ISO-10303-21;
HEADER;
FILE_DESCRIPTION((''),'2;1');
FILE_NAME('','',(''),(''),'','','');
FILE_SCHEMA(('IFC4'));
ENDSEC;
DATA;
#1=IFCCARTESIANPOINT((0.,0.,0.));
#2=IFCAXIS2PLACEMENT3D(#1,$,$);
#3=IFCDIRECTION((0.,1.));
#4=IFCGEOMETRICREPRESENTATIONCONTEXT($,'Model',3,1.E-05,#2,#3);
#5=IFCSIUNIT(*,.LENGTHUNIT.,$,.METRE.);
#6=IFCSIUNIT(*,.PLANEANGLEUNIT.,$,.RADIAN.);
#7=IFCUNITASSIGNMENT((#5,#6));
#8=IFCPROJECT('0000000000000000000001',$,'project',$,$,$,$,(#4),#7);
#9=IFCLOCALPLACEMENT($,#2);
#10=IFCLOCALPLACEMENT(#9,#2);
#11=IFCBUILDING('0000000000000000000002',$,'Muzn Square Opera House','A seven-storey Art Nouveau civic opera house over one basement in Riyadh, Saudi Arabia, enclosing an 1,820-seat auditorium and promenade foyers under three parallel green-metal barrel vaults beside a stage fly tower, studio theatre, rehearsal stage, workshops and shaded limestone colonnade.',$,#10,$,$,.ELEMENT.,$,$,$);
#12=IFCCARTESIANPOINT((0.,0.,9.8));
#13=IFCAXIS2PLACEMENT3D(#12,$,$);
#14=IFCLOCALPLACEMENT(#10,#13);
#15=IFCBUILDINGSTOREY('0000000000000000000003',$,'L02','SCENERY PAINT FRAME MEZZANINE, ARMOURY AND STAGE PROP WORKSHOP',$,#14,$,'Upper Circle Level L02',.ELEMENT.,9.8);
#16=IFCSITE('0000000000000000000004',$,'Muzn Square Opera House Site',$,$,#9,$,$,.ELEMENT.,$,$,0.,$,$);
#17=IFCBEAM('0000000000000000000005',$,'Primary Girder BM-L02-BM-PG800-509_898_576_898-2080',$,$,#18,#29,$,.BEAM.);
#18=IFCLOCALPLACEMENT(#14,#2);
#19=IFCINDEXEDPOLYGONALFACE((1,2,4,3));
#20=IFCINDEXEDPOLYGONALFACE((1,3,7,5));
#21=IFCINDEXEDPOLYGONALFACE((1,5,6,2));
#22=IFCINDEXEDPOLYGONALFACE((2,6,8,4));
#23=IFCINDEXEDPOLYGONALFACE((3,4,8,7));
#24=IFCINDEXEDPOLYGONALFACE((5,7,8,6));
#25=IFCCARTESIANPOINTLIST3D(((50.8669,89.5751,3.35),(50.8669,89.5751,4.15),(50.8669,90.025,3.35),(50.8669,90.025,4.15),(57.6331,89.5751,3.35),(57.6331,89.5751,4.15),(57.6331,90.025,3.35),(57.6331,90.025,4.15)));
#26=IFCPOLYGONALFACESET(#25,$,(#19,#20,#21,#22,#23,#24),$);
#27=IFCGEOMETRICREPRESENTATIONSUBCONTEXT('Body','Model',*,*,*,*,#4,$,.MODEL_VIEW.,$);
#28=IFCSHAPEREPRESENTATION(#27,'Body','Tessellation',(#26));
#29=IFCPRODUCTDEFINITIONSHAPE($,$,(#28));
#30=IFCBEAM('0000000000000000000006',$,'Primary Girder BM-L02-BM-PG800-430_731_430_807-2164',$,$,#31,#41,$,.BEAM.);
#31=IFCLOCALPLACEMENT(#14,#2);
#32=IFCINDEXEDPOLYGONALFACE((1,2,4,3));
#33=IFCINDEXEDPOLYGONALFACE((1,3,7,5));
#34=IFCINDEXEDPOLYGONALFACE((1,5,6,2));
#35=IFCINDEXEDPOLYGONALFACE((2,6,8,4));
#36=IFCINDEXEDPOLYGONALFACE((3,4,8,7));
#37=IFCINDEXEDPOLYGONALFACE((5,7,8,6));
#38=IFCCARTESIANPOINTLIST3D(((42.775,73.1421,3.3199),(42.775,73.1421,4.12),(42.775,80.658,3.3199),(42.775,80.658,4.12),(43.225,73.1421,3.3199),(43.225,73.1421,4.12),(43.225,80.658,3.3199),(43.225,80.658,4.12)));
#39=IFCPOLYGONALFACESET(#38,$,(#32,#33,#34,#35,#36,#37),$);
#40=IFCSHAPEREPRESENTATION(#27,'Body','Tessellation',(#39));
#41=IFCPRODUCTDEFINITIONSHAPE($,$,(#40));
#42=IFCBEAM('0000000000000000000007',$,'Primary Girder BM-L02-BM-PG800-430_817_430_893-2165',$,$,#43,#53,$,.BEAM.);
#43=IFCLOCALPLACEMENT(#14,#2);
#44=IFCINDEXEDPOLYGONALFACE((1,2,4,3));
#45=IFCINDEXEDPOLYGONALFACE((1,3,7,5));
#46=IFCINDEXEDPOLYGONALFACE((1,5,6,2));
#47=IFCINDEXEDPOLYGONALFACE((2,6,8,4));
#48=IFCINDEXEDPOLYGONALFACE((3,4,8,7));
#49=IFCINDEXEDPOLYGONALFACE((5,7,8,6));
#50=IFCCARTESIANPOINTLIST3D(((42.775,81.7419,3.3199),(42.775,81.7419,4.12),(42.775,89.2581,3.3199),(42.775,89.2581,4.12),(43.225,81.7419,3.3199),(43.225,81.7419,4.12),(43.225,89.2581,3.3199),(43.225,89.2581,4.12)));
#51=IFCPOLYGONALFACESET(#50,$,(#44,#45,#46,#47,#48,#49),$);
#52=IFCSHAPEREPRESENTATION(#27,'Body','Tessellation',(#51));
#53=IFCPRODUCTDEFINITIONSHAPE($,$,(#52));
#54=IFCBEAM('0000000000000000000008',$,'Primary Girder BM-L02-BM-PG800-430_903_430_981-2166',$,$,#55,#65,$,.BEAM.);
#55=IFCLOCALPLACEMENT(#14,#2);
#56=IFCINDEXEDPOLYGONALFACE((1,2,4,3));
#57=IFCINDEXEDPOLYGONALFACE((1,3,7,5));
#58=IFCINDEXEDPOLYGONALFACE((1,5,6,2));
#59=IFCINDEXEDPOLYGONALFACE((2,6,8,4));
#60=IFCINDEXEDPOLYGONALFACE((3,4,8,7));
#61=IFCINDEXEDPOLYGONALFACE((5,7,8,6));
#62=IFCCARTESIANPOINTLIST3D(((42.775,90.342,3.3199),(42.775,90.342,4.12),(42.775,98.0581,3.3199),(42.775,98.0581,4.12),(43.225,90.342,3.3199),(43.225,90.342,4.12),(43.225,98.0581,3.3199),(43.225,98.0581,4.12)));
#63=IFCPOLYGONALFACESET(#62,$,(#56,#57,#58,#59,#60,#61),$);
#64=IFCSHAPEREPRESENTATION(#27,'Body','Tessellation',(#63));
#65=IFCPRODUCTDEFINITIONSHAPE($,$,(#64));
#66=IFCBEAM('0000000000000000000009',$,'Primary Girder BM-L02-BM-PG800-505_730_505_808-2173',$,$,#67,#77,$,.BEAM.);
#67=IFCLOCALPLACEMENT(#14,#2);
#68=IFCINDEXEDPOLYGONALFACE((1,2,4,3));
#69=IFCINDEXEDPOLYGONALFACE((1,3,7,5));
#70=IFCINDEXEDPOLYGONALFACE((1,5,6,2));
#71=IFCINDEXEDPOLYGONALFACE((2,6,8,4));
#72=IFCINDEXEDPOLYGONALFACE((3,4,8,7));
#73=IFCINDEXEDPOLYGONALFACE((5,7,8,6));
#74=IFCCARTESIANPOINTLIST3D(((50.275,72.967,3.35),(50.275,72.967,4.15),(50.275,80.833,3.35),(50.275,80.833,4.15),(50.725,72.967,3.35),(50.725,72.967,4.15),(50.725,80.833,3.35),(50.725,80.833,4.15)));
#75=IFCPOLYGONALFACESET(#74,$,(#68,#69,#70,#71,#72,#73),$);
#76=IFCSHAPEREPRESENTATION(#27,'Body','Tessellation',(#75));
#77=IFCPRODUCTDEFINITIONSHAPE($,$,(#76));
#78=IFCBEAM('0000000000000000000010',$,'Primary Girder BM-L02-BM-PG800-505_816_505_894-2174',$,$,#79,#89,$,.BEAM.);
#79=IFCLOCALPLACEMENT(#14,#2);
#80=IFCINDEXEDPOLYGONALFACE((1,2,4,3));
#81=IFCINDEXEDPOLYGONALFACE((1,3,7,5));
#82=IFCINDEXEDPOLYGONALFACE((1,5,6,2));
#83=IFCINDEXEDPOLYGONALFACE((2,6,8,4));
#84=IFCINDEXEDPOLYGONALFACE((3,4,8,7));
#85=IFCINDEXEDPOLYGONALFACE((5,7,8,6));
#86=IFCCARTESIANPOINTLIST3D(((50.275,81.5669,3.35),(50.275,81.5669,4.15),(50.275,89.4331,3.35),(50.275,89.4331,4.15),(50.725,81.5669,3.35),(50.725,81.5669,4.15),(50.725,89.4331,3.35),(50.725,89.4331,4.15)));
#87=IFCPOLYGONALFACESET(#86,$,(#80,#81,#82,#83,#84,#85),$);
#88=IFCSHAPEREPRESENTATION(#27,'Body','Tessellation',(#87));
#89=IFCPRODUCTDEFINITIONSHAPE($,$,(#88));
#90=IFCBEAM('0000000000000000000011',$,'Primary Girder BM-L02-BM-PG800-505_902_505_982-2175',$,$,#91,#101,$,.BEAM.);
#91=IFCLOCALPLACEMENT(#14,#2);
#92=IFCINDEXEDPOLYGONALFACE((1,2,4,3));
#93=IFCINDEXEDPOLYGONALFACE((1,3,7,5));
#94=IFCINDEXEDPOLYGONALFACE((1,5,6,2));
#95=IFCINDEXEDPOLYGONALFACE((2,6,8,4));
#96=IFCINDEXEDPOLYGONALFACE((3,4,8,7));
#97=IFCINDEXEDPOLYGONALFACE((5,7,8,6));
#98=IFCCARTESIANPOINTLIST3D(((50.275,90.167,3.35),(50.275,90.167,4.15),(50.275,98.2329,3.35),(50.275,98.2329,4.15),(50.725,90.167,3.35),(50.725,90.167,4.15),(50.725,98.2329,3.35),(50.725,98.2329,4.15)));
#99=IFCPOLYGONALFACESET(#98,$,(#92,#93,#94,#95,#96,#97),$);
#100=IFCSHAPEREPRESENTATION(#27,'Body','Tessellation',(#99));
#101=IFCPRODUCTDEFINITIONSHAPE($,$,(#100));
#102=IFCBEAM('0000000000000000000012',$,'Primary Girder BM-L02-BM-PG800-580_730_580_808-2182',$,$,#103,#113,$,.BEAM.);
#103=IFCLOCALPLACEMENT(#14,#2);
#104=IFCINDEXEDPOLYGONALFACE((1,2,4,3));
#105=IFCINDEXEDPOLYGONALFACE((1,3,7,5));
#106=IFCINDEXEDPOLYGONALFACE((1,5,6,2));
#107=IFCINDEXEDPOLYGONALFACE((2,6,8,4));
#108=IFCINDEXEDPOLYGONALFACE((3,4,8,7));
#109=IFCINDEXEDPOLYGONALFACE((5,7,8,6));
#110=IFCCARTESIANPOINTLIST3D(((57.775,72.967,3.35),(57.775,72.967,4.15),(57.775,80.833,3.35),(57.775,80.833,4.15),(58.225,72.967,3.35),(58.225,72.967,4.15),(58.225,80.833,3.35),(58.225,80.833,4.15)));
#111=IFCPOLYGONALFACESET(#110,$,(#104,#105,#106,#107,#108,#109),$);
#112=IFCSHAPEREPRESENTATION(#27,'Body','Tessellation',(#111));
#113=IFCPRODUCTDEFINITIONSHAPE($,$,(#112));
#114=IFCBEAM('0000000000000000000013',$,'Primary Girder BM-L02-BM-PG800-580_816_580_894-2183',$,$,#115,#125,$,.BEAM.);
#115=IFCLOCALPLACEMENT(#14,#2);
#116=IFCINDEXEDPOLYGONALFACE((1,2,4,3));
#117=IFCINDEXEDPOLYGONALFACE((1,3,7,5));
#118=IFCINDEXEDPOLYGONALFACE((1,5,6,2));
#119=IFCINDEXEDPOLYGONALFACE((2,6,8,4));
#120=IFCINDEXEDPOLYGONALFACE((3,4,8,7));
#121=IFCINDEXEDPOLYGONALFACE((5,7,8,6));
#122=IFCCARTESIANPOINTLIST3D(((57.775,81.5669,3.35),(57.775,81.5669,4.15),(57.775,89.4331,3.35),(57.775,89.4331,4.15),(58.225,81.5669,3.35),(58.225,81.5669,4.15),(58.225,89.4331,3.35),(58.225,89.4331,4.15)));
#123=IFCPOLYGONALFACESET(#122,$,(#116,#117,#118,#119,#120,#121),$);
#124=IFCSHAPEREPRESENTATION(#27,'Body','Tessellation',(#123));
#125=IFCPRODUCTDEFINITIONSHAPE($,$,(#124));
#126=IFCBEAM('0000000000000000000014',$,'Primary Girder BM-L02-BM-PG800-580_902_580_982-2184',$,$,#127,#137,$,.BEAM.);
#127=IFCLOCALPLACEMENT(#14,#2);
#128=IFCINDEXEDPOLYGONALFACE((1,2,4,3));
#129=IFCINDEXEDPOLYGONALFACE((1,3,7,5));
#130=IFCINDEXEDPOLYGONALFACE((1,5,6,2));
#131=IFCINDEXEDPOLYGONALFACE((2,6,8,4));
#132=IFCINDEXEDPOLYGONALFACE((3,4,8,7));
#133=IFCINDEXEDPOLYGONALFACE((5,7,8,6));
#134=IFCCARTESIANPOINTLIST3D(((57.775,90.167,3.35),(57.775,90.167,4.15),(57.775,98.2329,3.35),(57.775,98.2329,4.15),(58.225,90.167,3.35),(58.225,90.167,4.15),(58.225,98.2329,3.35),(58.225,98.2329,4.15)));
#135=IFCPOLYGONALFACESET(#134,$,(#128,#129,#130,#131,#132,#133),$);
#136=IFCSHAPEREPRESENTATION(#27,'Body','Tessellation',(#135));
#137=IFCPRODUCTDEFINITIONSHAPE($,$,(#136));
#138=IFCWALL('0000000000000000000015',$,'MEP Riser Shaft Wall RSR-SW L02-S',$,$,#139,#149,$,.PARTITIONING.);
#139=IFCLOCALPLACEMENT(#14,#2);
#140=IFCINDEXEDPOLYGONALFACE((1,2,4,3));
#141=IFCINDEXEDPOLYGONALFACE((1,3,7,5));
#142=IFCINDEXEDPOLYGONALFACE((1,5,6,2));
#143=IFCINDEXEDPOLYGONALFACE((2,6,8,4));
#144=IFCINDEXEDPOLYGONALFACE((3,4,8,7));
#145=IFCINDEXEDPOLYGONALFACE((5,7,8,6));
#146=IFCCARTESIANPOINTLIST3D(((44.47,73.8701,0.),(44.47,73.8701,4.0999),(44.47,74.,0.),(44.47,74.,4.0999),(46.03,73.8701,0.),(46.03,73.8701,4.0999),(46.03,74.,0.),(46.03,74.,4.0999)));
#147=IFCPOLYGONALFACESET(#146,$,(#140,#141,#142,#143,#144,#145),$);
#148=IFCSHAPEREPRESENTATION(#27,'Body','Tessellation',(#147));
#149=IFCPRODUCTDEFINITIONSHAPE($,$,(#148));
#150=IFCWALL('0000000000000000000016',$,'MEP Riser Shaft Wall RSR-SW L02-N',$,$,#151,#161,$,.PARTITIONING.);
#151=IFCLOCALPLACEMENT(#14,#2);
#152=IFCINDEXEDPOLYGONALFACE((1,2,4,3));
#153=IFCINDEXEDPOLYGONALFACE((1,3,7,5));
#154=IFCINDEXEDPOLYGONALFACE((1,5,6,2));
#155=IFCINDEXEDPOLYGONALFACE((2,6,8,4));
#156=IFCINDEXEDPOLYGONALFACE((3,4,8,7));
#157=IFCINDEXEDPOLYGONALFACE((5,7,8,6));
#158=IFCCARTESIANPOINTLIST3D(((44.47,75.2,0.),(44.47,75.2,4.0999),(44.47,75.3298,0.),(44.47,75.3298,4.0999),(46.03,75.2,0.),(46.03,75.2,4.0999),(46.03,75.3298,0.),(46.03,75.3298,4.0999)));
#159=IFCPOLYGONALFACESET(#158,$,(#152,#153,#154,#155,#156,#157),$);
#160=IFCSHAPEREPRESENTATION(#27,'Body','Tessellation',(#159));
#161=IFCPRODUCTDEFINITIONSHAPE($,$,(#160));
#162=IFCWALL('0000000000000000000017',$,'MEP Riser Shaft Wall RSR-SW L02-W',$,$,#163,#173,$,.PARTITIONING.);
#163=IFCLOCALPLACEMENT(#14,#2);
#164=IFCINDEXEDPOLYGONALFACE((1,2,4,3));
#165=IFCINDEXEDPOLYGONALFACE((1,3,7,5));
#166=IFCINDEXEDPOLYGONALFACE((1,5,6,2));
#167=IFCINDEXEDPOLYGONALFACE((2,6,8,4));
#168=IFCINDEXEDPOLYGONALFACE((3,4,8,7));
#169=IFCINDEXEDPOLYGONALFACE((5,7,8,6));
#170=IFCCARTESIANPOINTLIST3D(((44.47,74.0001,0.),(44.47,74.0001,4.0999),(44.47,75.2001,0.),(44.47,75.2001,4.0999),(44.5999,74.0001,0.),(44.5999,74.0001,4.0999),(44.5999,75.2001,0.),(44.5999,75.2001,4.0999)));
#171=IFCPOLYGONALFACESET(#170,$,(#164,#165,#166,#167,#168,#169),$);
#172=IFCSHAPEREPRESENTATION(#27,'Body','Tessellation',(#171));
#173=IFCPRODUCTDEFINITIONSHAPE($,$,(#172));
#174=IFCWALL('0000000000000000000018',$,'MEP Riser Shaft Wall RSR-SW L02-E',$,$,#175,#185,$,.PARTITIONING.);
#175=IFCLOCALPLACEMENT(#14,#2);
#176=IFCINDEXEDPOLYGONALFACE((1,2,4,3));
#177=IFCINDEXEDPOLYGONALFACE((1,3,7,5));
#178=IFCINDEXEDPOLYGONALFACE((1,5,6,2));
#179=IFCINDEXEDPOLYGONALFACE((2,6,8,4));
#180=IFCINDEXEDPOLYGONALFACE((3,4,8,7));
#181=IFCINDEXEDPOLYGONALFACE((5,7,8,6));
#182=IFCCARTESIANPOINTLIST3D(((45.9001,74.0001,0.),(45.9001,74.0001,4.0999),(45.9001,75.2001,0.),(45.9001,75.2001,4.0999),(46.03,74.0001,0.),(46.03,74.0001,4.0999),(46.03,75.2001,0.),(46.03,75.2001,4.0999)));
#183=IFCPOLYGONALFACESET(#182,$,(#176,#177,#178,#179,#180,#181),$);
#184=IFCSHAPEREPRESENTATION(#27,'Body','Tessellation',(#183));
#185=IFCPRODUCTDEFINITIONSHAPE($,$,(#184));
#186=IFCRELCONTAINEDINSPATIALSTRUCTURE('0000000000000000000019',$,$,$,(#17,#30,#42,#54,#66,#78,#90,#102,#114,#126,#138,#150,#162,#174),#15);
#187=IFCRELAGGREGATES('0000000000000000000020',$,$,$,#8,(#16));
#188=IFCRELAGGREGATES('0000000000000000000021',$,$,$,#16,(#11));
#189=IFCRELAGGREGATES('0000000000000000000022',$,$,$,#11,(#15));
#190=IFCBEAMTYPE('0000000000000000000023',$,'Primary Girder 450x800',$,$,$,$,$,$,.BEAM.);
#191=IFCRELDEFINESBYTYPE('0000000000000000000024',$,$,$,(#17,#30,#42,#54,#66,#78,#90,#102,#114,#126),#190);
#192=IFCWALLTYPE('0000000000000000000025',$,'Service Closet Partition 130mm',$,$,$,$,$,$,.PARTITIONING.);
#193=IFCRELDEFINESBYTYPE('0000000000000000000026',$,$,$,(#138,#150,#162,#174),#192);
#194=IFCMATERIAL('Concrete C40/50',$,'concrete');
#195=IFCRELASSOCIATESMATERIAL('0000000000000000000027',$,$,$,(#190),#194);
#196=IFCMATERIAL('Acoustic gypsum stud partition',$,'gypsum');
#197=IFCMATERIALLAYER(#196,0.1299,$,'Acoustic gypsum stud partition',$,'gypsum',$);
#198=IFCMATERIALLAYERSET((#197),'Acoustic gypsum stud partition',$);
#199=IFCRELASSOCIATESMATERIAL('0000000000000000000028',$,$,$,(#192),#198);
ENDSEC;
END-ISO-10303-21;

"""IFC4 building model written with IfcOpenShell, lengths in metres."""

from ifc_helpers import new_model, si_unit, direction, frame, frame_2d, origin, origin_2d, place, context, subcontext, project, spatial, rectangle, extrude, material, layer, layer_set, material_profile, profile_set, type_object, element, save


model = new_model("IFC4")

# Units and contexts
model_context = context("Model", 3, precision=1e-05, world=origin(), true_north=direction((0.0, 1.0)))
body_context = subcontext(model_context, "Body", "Model", "MODEL_VIEW")
ifc_project = project(units=[si_unit("LENGTHUNIT", "METRE"), si_unit("PLANEANGLEUNIT", "RADIAN")], contexts=[model_context])

# Site, building, storey
site_placement = place(None, origin())
site = spatial("IfcSite", under=ifc_project, at=site_placement, Name="Muzn Square Opera House Site", CompositionType="ELEMENT", RefElevation=0.0)
building_placement = place(site_placement, origin())
building = spatial("IfcBuilding", under=site, at=building_placement, Name="Muzn Square Opera House", Description="A seven-storey Art Nouveau civic opera house over one basement in Riyadh, Saudi Arabia, enclosing an 1,820-seat auditorium and promenade foyers under three parallel green-metal barrel vaults beside a stage fly tower, studio theatre, rehearsal stage, workshops and shaded limestone colonnade.", CompositionType="ELEMENT")
storey_placement = place(building_placement, frame((0.0, 0.0, 9.8)))
storey = spatial("IfcBuildingStorey", under=building, at=storey_placement, Name="L02", Description="SCENERY PAINT FRAME MEZZANINE, ARMOURY AND STAGE PROP WORKSHOP", LongName="Upper Circle Level L02", CompositionType="ELEMENT", Elevation=9.8)

# Beams
ifc_material_1 = material(Name="Concrete C40/50", Category="concrete")
ifc_material_profile_1 = material_profile(ifc_material_1, rectangle(XDim=0.45, YDim=0.8, at=origin_2d()), Name="RCB 450x800", Category="concrete")
ifc_profile_set_1 = profile_set([ifc_material_profile_1], Name="Concrete C40/50")
beam_type_1 = type_object("IfcBeamType", Name="Primary Girder 450x800", PredefinedType="BEAM", material=ifc_profile_set_1)
beam_1_placement = place(storey_placement, frame((50.8669, 89.8, 3.75), z_axis=(1.0, 0.0, 0.0), x_axis=(0.0, 1.0, 0.0)))
element("IfcBeam", 1, at=beam_1_placement, inside=storey, type_object=beam_type_1, Name="Primary Girder BM-L02-BM-PG800-509_898_576_898-2080", PredefinedType="BEAM", context=body_context, shape_type="SweptSolid", body=[
    extrude(rectangle(XDim=0.45, YDim=0.8, at=origin_2d()), origin(), (0.0, 0.0, 1.0), 6.7661),
])
beam_2_placement = place(storey_placement, frame((43.0, 73.1421, 3.72), z_axis=(0.0, 1.0, 0.0), x_axis=(-1.0, 0.0, 0.0)))
element("IfcBeam", 2, at=beam_2_placement, inside=storey, type_object=beam_type_1, Name="Primary Girder BM-L02-BM-PG800-430_731_430_807-2164", PredefinedType="BEAM", context=body_context, shape_type="SweptSolid", body=[
    extrude(rectangle(XDim=0.45, YDim=0.8, at=origin_2d()), origin(), (0.0, 0.0, 1.0), 7.5159),
])
beam_3_placement = place(storey_placement, frame((43.0, 81.7419, 3.72), z_axis=(0.0, 1.0, 0.0), x_axis=(-1.0, 0.0, 0.0)))
element("IfcBeam", 3, at=beam_3_placement, inside=storey, type_object=beam_type_1, Name="Primary Girder BM-L02-BM-PG800-430_817_430_893-2165", PredefinedType="BEAM", context=body_context, shape_type="SweptSolid", body=[
    extrude(rectangle(XDim=0.45, YDim=0.8, at=origin_2d()), origin(), (0.0, 0.0, 1.0), 7.5161),
])
beam_4_placement = place(storey_placement, frame((43.0, 90.342, 3.72), z_axis=(0.0, 1.0, 0.0), x_axis=(-1.0, 0.0, 0.0)))
element("IfcBeam", 4, at=beam_4_placement, inside=storey, type_object=beam_type_1, Name="Primary Girder BM-L02-BM-PG800-430_903_430_981-2166", PredefinedType="BEAM", context=body_context, shape_type="SweptSolid", body=[
    extrude(rectangle(XDim=0.45, YDim=0.8, at=origin_2d()), origin(), (0.0, 0.0, 1.0), 7.7161),
])
beam_5_placement = place(storey_placement, frame((50.5, 72.967, 3.75), z_axis=(0.0, 1.0, 0.0), x_axis=(-1.0, 0.0, 0.0)))
element("IfcBeam", 5, at=beam_5_placement, inside=storey, type_object=beam_type_1, Name="Primary Girder BM-L02-BM-PG800-505_730_505_808-2173", PredefinedType="BEAM", context=body_context, shape_type="SweptSolid", body=[
    extrude(rectangle(XDim=0.45, YDim=0.8, at=origin_2d()), origin(), (0.0, 0.0, 1.0), 7.866),
])
beam_6_placement = place(storey_placement, frame((50.5, 81.5669, 3.75), z_axis=(0.0, 1.0, 0.0), x_axis=(-1.0, 0.0, 0.0)))
element("IfcBeam", 6, at=beam_6_placement, inside=storey, type_object=beam_type_1, Name="Primary Girder BM-L02-BM-PG800-505_816_505_894-2174", PredefinedType="BEAM", context=body_context, shape_type="SweptSolid", body=[
    extrude(rectangle(XDim=0.45, YDim=0.8, at=origin_2d()), origin(), (0.0, 0.0, 1.0), 7.8662),
])
beam_7_placement = place(storey_placement, frame((50.5, 90.167, 3.75), z_axis=(0.0, 1.0, 0.0), x_axis=(-1.0, 0.0, 0.0)))
element("IfcBeam", 7, at=beam_7_placement, inside=storey, type_object=beam_type_1, Name="Primary Girder BM-L02-BM-PG800-505_902_505_982-2175", PredefinedType="BEAM", context=body_context, shape_type="SweptSolid", body=[
    extrude(rectangle(XDim=0.45, YDim=0.8, at=origin_2d()), origin(), (0.0, 0.0, 1.0), 8.0659),
])
beam_8_placement = place(storey_placement, frame((58.0, 72.967, 3.75), z_axis=(0.0, 1.0, 0.0), x_axis=(-1.0, 0.0, 0.0)))
element("IfcBeam", 8, at=beam_8_placement, inside=storey, type_object=beam_type_1, Name="Primary Girder BM-L02-BM-PG800-580_730_580_808-2182", PredefinedType="BEAM", context=body_context, shape_type="SweptSolid", body=[
    extrude(rectangle(XDim=0.45, YDim=0.8, at=origin_2d()), origin(), (0.0, 0.0, 1.0), 7.866),
])
beam_9_placement = place(storey_placement, frame((58.0, 81.5669, 3.75), z_axis=(0.0, 1.0, 0.0), x_axis=(-1.0, 0.0, 0.0)))
element("IfcBeam", 9, at=beam_9_placement, inside=storey, type_object=beam_type_1, Name="Primary Girder BM-L02-BM-PG800-580_816_580_894-2183", PredefinedType="BEAM", context=body_context, shape_type="SweptSolid", body=[
    extrude(rectangle(XDim=0.45, YDim=0.8, at=origin_2d()), origin(), (0.0, 0.0, 1.0), 7.8662),
])
beam_10_placement = place(storey_placement, frame((58.0, 90.167, 3.75), z_axis=(0.0, 1.0, 0.0), x_axis=(-1.0, 0.0, 0.0)))
element("IfcBeam", 10, at=beam_10_placement, inside=storey, type_object=beam_type_1, Name="Primary Girder BM-L02-BM-PG800-580_902_580_982-2184", PredefinedType="BEAM", context=body_context, shape_type="SweptSolid", body=[
    extrude(rectangle(XDim=0.45, YDim=0.8, at=origin_2d()), origin(), (0.0, 0.0, 1.0), 8.0659),
])

# Walls
ifc_material_2 = material(Name="Acoustic gypsum stud partition", Category="gypsum")
ifc_layer_1 = layer(ifc_material_2, 0.1299, Name="Acoustic gypsum stud partition", Category="gypsum")
ifc_layer_set_1 = layer_set([ifc_layer_1], Name="Acoustic gypsum stud partition")
wall_type_1 = type_object("IfcWallType", Name="Service Closet Partition 130mm", PredefinedType="PARTITIONING", material=ifc_layer_set_1)
for number, where, z_axis, x_axis, name in (
    (11, (44.47, 73.9351, 0.0), (0.0, 0.0, 1.0), (1.0, 0.0, 0.0), "MEP Riser Shaft Wall RSR-SW L02-S"),
    (12, (44.47, 75.2649, 0.0), (0.0, 0.0, 1.0), (1.0, 0.0, 0.0), "MEP Riser Shaft Wall RSR-SW L02-N"),
):
    element("IfcWall", number, at=place(storey_placement, frame(where, z_axis=z_axis, x_axis=x_axis)), inside=storey, type_object=wall_type_1, Name=name, PredefinedType="PARTITIONING", context=body_context, shape_type="SweptSolid", body=[
        extrude(rectangle(XDim=1.5601, YDim=0.1299, at=frame_2d((0.78, 0.0))), origin(), (0.0, 0.0, 1.0), 4.0999),
    ])
for number, where, z_axis, x_axis, name in (
    (13, (44.5349, 74.0, 0.0), (0.0, 0.0, 1.0), (0.0, 1.0, 0.0), "MEP Riser Shaft Wall RSR-SW L02-W"),
    (14, (45.9651, 74.0, 0.0), (0.0, 0.0, 1.0), (0.0, 1.0, 0.0), "MEP Riser Shaft Wall RSR-SW L02-E"),
):
    element("IfcWall", number, at=place(storey_placement, frame(where, z_axis=z_axis, x_axis=x_axis)), inside=storey, type_object=wall_type_1, Name=name, PredefinedType="PARTITIONING", context=body_context, shape_type="SweptSolid", body=[
        extrude(rectangle(XDim=1.2, YDim=0.1299, at=frame_2d((0.6001, 0.0))), origin(), (0.0, 0.0, 1.0), 4.0999),
    ])

save(model, "model.ifc")
